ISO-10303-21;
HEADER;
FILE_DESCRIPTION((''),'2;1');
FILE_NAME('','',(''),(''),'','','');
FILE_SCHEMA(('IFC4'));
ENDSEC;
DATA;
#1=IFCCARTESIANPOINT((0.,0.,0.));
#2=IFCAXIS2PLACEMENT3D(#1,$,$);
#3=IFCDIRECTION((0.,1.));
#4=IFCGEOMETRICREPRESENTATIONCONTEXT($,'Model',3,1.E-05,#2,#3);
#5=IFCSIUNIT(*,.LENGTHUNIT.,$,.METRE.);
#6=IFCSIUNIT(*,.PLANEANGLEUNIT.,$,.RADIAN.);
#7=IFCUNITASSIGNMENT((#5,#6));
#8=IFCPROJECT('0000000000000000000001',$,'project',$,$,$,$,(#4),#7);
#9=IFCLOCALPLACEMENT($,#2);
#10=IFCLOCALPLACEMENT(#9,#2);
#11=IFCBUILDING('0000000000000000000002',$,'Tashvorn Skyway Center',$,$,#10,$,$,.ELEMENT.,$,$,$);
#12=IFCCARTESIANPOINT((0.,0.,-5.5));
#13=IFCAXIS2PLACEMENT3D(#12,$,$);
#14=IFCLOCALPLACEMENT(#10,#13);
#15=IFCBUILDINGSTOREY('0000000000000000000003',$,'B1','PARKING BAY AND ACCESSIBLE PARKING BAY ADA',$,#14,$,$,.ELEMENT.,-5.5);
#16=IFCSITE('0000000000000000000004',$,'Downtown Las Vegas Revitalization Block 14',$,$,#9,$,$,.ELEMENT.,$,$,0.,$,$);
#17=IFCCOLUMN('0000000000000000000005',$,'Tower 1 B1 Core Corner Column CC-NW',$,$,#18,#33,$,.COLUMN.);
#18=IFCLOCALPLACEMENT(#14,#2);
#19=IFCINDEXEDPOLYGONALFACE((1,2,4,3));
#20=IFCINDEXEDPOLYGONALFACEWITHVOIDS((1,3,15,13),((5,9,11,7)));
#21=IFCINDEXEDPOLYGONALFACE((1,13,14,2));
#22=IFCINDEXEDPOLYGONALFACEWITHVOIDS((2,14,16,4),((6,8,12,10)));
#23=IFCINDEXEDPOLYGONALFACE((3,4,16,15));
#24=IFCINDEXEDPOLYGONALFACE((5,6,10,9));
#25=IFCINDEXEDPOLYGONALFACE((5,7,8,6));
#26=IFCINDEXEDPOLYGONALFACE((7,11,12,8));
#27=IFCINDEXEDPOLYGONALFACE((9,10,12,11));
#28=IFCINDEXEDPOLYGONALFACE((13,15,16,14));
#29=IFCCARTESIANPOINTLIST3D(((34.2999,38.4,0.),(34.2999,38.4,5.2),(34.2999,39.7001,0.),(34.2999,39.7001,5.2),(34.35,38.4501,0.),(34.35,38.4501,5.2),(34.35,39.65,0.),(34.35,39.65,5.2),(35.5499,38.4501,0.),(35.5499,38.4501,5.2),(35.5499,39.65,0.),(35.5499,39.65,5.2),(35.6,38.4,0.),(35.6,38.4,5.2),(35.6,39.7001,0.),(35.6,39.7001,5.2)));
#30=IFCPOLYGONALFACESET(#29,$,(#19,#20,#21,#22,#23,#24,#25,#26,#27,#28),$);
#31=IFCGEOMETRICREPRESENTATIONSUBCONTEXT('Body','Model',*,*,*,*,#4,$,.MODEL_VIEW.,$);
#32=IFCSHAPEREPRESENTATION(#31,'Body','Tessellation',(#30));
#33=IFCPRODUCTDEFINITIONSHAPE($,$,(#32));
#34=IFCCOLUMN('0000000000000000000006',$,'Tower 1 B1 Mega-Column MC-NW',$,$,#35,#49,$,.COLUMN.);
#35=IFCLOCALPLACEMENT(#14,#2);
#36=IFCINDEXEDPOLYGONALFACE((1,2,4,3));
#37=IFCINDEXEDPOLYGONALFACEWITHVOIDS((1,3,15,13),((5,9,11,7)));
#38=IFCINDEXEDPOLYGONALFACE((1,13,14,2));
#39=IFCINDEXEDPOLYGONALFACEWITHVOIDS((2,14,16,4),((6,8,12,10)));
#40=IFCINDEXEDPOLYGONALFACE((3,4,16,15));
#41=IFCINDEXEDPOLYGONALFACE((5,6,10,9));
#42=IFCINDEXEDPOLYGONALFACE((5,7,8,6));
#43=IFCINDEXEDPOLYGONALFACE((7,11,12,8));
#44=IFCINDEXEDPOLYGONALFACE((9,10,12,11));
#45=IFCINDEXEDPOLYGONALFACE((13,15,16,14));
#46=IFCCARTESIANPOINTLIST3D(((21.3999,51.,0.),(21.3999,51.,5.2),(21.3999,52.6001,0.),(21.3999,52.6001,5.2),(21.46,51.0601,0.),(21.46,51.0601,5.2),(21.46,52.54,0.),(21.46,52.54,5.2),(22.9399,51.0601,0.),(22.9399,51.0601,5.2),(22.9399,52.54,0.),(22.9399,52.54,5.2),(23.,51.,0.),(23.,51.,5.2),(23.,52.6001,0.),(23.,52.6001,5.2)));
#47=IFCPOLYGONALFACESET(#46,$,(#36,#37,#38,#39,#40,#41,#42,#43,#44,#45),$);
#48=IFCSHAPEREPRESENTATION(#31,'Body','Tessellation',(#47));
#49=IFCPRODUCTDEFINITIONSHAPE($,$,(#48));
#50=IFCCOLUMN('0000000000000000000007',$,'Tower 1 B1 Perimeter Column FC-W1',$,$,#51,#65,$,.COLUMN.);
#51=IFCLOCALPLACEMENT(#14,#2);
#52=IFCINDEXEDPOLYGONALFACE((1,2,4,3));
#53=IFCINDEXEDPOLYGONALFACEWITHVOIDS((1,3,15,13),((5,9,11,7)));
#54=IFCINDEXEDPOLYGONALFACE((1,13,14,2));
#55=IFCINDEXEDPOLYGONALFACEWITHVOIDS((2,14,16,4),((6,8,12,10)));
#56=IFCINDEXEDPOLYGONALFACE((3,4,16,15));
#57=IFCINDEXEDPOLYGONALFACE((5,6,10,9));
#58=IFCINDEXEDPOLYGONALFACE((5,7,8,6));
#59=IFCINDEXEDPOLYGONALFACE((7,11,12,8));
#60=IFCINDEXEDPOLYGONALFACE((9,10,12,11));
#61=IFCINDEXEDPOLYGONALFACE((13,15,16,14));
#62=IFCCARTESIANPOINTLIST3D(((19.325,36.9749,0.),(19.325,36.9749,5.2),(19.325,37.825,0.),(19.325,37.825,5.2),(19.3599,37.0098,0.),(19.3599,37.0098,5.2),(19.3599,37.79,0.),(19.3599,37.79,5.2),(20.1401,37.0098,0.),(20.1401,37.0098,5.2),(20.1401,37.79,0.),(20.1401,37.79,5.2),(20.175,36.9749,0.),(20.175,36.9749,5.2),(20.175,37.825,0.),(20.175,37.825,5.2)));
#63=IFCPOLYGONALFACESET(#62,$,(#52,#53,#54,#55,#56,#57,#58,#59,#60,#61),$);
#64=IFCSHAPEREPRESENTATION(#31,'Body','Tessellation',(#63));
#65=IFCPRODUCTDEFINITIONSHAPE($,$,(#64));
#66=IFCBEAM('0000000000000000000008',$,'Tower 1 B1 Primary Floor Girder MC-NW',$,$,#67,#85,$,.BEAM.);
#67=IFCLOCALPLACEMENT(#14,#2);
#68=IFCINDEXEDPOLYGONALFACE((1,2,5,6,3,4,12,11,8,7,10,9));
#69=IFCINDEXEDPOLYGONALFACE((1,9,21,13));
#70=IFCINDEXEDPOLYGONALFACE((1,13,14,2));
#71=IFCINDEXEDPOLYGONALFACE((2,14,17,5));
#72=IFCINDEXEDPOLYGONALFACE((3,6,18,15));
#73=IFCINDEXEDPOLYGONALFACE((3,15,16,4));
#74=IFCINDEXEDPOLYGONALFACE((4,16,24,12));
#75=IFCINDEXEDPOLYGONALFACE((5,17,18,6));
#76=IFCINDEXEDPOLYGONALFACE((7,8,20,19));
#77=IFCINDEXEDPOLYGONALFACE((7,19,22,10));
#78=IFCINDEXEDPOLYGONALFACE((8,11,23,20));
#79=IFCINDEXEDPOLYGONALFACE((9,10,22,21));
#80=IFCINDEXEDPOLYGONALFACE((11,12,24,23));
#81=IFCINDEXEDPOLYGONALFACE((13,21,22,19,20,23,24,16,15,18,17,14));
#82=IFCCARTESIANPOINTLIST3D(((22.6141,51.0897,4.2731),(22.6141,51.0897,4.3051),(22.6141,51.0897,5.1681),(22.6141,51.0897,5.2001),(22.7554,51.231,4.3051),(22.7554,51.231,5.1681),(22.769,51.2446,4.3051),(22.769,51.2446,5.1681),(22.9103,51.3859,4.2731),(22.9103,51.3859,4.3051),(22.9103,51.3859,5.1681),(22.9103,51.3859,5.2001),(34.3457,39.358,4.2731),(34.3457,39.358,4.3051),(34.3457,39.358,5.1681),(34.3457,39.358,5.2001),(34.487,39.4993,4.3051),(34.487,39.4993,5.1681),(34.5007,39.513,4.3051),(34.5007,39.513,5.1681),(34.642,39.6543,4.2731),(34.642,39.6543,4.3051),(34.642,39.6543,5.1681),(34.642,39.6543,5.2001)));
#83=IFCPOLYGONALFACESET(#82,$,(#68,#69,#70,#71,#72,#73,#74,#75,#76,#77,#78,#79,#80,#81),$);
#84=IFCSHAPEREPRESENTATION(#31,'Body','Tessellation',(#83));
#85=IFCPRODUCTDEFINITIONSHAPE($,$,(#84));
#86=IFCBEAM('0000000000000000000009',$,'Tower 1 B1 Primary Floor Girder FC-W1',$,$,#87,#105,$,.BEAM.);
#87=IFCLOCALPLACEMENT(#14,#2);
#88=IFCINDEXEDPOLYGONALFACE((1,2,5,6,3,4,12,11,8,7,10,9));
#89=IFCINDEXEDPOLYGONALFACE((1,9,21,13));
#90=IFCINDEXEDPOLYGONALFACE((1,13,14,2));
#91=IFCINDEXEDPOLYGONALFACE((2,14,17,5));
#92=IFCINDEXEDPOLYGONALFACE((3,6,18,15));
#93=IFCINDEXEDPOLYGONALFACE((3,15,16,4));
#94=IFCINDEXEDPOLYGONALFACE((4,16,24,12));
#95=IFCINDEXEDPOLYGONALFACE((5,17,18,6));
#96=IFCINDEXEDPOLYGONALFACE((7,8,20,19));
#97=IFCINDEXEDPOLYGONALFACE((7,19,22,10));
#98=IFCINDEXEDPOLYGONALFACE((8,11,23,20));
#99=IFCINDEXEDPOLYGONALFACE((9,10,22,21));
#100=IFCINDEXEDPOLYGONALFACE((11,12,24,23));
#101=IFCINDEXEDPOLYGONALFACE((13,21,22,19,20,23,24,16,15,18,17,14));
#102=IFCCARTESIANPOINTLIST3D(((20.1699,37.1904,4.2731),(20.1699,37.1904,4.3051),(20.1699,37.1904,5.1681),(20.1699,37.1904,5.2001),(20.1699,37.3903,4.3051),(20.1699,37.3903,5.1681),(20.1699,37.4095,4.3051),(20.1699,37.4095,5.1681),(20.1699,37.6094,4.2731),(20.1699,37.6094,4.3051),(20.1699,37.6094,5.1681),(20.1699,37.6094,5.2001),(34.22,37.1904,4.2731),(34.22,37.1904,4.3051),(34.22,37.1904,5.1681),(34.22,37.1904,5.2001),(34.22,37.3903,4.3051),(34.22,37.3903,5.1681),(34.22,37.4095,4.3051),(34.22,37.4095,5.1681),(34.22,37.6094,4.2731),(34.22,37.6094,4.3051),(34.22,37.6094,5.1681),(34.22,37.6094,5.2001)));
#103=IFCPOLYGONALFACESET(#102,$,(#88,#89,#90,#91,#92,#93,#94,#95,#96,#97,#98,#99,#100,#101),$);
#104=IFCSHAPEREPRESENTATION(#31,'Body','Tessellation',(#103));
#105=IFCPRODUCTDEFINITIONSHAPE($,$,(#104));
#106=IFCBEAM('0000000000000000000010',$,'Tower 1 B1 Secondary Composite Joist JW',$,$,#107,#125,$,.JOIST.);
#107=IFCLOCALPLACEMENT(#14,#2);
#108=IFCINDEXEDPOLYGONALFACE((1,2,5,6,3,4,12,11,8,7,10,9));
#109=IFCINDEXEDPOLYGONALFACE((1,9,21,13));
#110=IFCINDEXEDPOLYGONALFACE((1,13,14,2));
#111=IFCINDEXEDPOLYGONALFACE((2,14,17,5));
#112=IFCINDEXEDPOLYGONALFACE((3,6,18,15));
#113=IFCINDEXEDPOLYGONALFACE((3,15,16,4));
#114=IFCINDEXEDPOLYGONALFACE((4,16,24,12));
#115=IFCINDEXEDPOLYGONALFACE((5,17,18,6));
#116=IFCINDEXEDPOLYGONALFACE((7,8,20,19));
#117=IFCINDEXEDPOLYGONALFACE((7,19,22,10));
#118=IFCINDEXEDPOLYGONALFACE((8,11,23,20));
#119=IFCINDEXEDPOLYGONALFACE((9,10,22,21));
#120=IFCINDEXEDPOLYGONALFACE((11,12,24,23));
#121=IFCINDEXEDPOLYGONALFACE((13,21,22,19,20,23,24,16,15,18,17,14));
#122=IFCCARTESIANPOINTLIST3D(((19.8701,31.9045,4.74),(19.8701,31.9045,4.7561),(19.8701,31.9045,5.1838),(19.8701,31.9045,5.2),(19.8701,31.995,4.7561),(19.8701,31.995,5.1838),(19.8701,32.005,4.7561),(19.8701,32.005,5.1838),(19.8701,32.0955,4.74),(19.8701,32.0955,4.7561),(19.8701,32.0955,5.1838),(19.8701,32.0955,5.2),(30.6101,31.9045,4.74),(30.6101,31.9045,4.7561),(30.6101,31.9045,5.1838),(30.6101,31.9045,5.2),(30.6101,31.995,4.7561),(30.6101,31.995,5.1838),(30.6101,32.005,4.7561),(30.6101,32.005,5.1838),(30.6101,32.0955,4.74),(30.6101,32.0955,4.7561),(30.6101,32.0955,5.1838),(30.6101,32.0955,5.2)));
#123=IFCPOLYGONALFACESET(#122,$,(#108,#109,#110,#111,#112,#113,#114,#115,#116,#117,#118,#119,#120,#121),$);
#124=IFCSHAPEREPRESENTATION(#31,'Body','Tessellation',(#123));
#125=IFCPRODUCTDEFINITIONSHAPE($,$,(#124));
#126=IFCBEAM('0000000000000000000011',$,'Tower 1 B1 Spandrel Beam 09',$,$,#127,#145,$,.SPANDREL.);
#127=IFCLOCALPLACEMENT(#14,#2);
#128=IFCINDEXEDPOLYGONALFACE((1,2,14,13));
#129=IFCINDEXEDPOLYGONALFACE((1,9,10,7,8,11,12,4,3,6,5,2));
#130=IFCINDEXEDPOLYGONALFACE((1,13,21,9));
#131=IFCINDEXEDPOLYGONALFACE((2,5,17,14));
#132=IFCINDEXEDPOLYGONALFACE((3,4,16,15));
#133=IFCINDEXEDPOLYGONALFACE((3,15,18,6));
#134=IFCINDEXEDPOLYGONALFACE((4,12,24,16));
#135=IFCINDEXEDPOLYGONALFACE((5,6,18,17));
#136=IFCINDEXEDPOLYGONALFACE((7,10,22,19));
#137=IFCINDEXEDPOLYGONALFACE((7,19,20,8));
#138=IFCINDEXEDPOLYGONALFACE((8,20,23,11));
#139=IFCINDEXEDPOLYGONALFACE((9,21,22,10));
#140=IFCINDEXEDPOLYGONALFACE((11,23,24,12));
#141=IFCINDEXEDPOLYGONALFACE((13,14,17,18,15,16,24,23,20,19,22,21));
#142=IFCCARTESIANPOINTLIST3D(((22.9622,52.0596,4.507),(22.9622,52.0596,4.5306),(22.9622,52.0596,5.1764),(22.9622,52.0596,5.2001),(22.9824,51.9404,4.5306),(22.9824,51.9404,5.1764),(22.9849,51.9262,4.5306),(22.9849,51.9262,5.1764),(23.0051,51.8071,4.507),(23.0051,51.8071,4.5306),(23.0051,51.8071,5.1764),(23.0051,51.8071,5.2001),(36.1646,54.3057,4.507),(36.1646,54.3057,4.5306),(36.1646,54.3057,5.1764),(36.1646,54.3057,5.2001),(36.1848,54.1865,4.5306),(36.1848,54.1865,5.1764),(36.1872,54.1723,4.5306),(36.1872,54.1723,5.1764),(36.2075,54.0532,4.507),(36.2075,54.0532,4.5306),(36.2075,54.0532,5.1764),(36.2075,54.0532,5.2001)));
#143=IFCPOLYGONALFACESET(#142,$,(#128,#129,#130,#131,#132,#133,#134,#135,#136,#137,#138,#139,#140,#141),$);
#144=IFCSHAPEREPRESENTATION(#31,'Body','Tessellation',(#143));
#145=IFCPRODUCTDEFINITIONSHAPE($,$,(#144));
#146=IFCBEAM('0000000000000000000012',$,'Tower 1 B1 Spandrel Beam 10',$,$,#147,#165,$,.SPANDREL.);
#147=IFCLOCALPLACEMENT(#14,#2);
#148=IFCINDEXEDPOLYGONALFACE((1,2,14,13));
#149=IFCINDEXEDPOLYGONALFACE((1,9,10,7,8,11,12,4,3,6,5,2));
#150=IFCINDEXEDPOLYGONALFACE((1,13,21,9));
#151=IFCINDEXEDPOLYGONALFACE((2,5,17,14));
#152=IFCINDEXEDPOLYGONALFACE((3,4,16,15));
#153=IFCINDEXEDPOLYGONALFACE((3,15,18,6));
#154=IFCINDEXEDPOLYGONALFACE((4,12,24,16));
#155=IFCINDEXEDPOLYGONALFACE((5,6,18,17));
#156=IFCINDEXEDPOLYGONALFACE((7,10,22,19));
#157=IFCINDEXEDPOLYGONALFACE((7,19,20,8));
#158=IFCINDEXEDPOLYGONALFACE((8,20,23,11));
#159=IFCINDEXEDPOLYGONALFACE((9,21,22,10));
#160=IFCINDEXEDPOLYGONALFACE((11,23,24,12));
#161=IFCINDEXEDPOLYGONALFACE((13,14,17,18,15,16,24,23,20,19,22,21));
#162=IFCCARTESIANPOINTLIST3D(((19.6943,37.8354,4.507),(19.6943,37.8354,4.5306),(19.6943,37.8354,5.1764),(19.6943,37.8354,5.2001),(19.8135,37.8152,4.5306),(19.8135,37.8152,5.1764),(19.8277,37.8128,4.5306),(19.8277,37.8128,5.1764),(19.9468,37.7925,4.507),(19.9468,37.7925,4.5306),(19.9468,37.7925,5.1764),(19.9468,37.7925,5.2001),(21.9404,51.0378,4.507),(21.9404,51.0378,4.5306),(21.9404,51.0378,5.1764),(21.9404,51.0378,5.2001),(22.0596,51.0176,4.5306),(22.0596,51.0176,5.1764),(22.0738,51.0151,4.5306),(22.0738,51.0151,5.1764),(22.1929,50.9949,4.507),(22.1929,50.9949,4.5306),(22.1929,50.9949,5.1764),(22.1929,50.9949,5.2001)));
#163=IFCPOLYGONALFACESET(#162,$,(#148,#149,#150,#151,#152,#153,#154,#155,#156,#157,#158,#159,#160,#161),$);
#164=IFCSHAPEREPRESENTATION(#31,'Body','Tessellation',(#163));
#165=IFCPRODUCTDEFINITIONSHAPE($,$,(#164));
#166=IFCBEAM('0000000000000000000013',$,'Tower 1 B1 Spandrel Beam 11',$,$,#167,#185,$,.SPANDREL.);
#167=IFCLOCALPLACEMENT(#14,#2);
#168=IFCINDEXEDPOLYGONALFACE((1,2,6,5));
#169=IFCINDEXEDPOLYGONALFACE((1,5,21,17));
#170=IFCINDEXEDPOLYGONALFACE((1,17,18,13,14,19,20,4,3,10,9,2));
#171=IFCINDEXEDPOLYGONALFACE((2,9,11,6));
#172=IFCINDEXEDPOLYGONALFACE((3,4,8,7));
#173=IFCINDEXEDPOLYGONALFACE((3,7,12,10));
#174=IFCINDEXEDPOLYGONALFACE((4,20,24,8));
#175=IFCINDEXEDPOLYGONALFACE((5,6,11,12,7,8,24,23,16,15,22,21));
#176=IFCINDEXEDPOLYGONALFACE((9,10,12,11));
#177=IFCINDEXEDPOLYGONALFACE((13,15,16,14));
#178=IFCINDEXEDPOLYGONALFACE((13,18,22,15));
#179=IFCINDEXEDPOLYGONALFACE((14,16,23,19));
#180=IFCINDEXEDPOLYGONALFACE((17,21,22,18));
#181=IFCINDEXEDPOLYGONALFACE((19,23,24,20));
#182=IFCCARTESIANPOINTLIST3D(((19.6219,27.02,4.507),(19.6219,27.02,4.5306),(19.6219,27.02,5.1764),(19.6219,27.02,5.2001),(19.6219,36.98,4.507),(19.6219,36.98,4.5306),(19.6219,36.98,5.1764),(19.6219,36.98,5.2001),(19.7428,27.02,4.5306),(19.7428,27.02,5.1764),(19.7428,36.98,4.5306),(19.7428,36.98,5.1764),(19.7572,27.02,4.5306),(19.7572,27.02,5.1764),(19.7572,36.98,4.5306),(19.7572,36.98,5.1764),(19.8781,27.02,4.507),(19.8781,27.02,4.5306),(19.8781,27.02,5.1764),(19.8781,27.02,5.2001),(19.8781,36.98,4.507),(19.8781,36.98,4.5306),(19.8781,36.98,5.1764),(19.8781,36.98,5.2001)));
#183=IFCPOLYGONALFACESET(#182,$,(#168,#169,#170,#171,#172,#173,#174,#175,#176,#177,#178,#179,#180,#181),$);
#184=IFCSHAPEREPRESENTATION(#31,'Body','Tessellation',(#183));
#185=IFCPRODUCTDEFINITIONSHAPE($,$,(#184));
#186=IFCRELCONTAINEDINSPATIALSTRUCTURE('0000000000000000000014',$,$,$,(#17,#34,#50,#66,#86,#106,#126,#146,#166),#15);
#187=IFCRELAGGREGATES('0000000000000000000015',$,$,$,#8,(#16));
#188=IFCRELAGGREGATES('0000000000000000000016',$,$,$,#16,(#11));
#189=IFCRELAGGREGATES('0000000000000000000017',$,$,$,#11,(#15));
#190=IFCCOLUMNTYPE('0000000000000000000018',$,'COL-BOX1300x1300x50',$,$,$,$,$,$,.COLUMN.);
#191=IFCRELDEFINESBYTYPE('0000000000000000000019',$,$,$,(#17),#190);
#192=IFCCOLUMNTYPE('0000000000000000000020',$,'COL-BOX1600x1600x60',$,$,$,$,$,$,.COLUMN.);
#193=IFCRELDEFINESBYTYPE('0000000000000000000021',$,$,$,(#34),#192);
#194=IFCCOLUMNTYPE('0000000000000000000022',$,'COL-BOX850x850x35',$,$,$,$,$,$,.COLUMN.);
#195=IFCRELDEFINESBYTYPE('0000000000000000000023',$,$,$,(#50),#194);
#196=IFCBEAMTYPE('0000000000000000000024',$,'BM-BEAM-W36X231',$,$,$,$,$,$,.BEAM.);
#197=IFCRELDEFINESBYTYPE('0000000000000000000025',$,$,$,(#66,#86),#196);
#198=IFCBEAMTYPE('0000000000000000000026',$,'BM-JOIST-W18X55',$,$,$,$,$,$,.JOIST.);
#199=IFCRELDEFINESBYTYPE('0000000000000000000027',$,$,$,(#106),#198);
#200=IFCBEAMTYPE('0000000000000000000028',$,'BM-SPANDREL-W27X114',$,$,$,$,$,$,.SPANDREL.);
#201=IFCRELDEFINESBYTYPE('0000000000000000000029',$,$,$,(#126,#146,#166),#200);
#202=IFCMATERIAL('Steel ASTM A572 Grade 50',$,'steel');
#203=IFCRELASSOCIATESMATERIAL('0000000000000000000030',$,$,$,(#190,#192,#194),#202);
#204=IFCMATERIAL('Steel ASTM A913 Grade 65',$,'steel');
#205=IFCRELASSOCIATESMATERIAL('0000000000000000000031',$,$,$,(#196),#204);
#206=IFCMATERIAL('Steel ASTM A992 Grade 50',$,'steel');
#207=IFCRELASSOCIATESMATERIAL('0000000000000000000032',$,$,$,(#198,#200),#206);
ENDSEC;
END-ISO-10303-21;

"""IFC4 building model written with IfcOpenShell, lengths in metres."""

from ifc_helpers import new_model, si_unit, direction, frame, origin, origin_2d, place, context, subcontext, project, spatial, hollow_rectangle, i_section, extrude, material, material_profile, profile_set, type_object, element, save


model = new_model("IFC4")

# Units and contexts
model_context = context("Model", 3, precision=1e-05, world=origin(), true_north=direction((0.0, 1.0)))
body_context = subcontext(model_context, "Body", "Model", "MODEL_VIEW")
ifc_project = project(units=[si_unit("LENGTHUNIT", "METRE"), si_unit("PLANEANGLEUNIT", "RADIAN")], contexts=[model_context])

# Site, building, storey
site_placement = place(None, origin())
site = spatial("IfcSite", under=ifc_project, at=site_placement, Name="Downtown Las Vegas Revitalization Block 14", CompositionType="ELEMENT", RefElevation=0.0)
building_placement = place(site_placement, origin())
building = spatial("IfcBuilding", under=site, at=building_placement, Name="Tashvorn Skyway Center", CompositionType="ELEMENT")
storey_placement = place(building_placement, frame((0.0, 0.0, -5.5)))
storey = spatial("IfcBuildingStorey", under=building, at=storey_placement, Name="B1", Description="PARKING BAY AND ACCESSIBLE PARKING BAY ADA", CompositionType="ELEMENT", Elevation=-5.5)

# Columns
ifc_material_1 = material(Name="Steel ASTM A572 Grade 50", Category="steel")
ifc_material_profile_1 = material_profile(ifc_material_1, hollow_rectangle(XDim=1.3, YDim=1.3, WallThickness=0.05, at=origin_2d()), Name="BOX1300x1300x50")
ifc_profile_set_1 = profile_set([ifc_material_profile_1], Name="Steel ASTM A572 Grade 50")
column_type_1 = type_object("IfcColumnType", Name="COL-BOX1300x1300x50", PredefinedType="COLUMN", material=ifc_profile_set_1)
column_1_placement = place(storey_placement, frame((34.95, 39.05, 0.0), z_axis=(0.0, 0.0, 1.0), x_axis=(1.0, 0.0, 0.0)))
element("IfcColumn", 1, at=column_1_placement, inside=storey, type_object=column_type_1, Name="Tower 1 B1 Core Corner Column CC-NW", PredefinedType="COLUMN", context=body_context, shape_type="SweptSolid", body=[
    extrude(hollow_rectangle(XDim=1.3, YDim=1.3, WallThickness=0.05, at=origin_2d()), origin(), (0.0, 0.0, 1.0), 5.2),
])
ifc_material_profile_2 = material_profile(ifc_material_1, hollow_rectangle(XDim=1.6001, YDim=1.6001, WallThickness=0.0601, at=origin_2d()), Name="BOX1600x1600x60")
ifc_profile_set_2 = profile_set([ifc_material_profile_2], Name="Steel ASTM A572 Grade 50")
column_type_2 = type_object("IfcColumnType", Name="COL-BOX1600x1600x60", PredefinedType="COLUMN", material=ifc_profile_set_2)
column_2_placement = place(storey_placement, frame((22.2, 51.8, 0.0), z_axis=(0.0, 0.0, 1.0), x_axis=(1.0, 0.0, 0.0)))
element("IfcColumn", 2, at=column_2_placement, inside=storey, type_object=column_type_2, Name="Tower 1 B1 Mega-Column MC-NW", PredefinedType="COLUMN", context=body_context, shape_type="SweptSolid", body=[
    extrude(hollow_rectangle(XDim=1.6001, YDim=1.6001, WallThickness=0.0601, at=origin_2d()), origin(), (0.0, 0.0, 1.0), 5.2),
])
ifc_material_profile_3 = material_profile(ifc_material_1, hollow_rectangle(XDim=0.8501, YDim=0.8501, WallThickness=0.0349, at=origin_2d()), Name="BOX850x850x35")
ifc_profile_set_3 = profile_set([ifc_material_profile_3], Name="Steel ASTM A572 Grade 50")
column_type_3 = type_object("IfcColumnType", Name="COL-BOX850x850x35", PredefinedType="COLUMN", material=ifc_profile_set_3)
column_3_placement = place(storey_placement, frame((19.75, 37.3999, 0.0), z_axis=(0.0, 0.0, 1.0), x_axis=(1.0, 0.0, 0.0)))
element("IfcColumn", 3, at=column_3_placement, inside=storey, type_object=column_type_3, Name="Tower 1 B1 Perimeter Column FC-W1", PredefinedType="COLUMN", context=body_context, shape_type="SweptSolid", body=[
    extrude(hollow_rectangle(XDim=0.8501, YDim=0.8501, WallThickness=0.0349, at=origin_2d()), origin(), (0.0, 0.0, 1.0), 5.2),
])

# Beams
ifc_material_2 = material(Name="Steel ASTM A913 Grade 65", Category="steel")
ifc_material_profile_4 = material_profile(ifc_material_2, i_section(OverallWidth=0.4189, OverallDepth=0.927, WebThickness=0.0193, FlangeThickness=0.032, at=origin_2d()), Name="W36X231")
ifc_profile_set_4 = profile_set([ifc_material_profile_4], Name="Steel ASTM A913 Grade 65")
beam_type_1 = type_object("IfcBeamType", Name="BM-BEAM-W36X231", PredefinedType="BEAM", material=ifc_profile_set_4)
beam_1_placement = place(storey_placement, frame((22.7622, 51.2378, 4.7366), z_axis=(0.707107, -0.707107, 0.0), x_axis=(0.707107, 0.707107, 0.0)))
element("IfcBeam", 4, at=beam_1_placement, inside=storey, type_object=beam_type_1, Name="Tower 1 B1 Primary Floor Girder MC-NW", PredefinedType="BEAM", context=body_context, shape_type="SweptSolid", body=[
    extrude(i_section(OverallWidth=0.4189, OverallDepth=0.927, WebThickness=0.0193, FlangeThickness=0.032, at=origin_2d()), origin(), (0.0, 0.0, 1.0), 16.5911),
])
beam_2_placement = place(storey_placement, frame((20.1699, 37.3999, 4.7366), z_axis=(1.0, 0.0, 0.0), x_axis=(0.0, 1.0, 0.0)))
element("IfcBeam", 5, at=beam_2_placement, inside=storey, type_object=beam_type_1, Name="Tower 1 B1 Primary Floor Girder FC-W1", PredefinedType="BEAM", context=body_context, shape_type="SweptSolid", body=[
    extrude(i_section(OverallWidth=0.4189, OverallDepth=0.927, WebThickness=0.0193, FlangeThickness=0.032, at=origin_2d()), origin(), (0.0, 0.0, 1.0), 14.05),
])
ifc_material_3 = material(Name="Steel ASTM A992 Grade 50", Category="steel")
ifc_material_profile_5 = material_profile(ifc_material_3, i_section(OverallWidth=0.1909, OverallDepth=0.46, WebThickness=0.01, FlangeThickness=0.0161, at=origin_2d()), Name="W18X55")
ifc_profile_set_5 = profile_set([ifc_material_profile_5], Name="Steel ASTM A992 Grade 50")
beam_type_2 = type_object("IfcBeamType", Name="BM-JOIST-W18X55", PredefinedType="JOIST", material=ifc_profile_set_5)
beam_3_placement = place(storey_placement, frame((30.6101, 32.0, 4.97), z_axis=(-1.0, 0.0, 0.0), x_axis=(0.0, -1.0, 0.0)))
element("IfcBeam", 6, at=beam_3_placement, inside=storey, type_object=beam_type_2, Name="Tower 1 B1 Secondary Composite Joist JW", PredefinedType="JOIST", context=body_context, shape_type="SweptSolid", body=[
    extrude(i_section(OverallWidth=0.1909, OverallDepth=0.46, WebThickness=0.01, FlangeThickness=0.0161, at=origin_2d()), origin(), (0.0, 0.0, 1.0), 10.74),
])
ifc_material_profile_6 = material_profile(ifc_material_3, i_section(OverallWidth=0.2561, OverallDepth=0.6931, WebThickness=0.0144, FlangeThickness=0.0237, at=origin_2d()), Name="W27X114")
ifc_profile_set_6 = profile_set([ifc_material_profile_6], Name="Steel ASTM A992 Grade 50")
beam_type_3 = type_object("IfcBeamType", Name="BM-SPANDREL-W27X114", PredefinedType="SPANDREL", material=ifc_profile_set_6)
for number, where, z_axis, x_axis, name in (
    (7, (36.186, 54.1794, 4.8535), (-0.985835, -0.167718, 0.0), (0.167718, -0.985835, 0.0), "Tower 1 B1 Spandrel Beam 09"),
    (8, (22.0667, 51.0164, 4.8535), (-0.167718, -0.985835, 0.0), (0.985835, -0.167718, 0.0), "Tower 1 B1 Spandrel Beam 10"),
):
    element("IfcBeam", number, at=place(storey_placement, frame(where, z_axis=z_axis, x_axis=x_axis)), inside=storey, type_object=beam_type_3, Name=name, PredefinedType="SPANDREL", context=body_context, shape_type="SweptSolid", body=[
        extrude(i_section(OverallWidth=0.2561, OverallDepth=0.6931, WebThickness=0.0144, FlangeThickness=0.0237, at=origin_2d()), origin(), (0.0, 0.0, 1.0), 13.3921),
    ])
beam_4_placement = place(storey_placement, frame((19.75, 36.98, 4.8535), z_axis=(0.0, -1.0, 0.0), x_axis=(1.0, 0.0, 0.0)))
element("IfcBeam", 9, at=beam_4_placement, inside=storey, type_object=beam_type_3, Name="Tower 1 B1 Spandrel Beam 11", PredefinedType="SPANDREL", context=body_context, shape_type="SweptSolid", body=[
    extrude(i_section(OverallWidth=0.2561, OverallDepth=0.6931, WebThickness=0.0144, FlangeThickness=0.0237, at=origin_2d()), origin(), (0.0, 0.0, 1.0), 9.96),
])

save(model, "model.ifc")
